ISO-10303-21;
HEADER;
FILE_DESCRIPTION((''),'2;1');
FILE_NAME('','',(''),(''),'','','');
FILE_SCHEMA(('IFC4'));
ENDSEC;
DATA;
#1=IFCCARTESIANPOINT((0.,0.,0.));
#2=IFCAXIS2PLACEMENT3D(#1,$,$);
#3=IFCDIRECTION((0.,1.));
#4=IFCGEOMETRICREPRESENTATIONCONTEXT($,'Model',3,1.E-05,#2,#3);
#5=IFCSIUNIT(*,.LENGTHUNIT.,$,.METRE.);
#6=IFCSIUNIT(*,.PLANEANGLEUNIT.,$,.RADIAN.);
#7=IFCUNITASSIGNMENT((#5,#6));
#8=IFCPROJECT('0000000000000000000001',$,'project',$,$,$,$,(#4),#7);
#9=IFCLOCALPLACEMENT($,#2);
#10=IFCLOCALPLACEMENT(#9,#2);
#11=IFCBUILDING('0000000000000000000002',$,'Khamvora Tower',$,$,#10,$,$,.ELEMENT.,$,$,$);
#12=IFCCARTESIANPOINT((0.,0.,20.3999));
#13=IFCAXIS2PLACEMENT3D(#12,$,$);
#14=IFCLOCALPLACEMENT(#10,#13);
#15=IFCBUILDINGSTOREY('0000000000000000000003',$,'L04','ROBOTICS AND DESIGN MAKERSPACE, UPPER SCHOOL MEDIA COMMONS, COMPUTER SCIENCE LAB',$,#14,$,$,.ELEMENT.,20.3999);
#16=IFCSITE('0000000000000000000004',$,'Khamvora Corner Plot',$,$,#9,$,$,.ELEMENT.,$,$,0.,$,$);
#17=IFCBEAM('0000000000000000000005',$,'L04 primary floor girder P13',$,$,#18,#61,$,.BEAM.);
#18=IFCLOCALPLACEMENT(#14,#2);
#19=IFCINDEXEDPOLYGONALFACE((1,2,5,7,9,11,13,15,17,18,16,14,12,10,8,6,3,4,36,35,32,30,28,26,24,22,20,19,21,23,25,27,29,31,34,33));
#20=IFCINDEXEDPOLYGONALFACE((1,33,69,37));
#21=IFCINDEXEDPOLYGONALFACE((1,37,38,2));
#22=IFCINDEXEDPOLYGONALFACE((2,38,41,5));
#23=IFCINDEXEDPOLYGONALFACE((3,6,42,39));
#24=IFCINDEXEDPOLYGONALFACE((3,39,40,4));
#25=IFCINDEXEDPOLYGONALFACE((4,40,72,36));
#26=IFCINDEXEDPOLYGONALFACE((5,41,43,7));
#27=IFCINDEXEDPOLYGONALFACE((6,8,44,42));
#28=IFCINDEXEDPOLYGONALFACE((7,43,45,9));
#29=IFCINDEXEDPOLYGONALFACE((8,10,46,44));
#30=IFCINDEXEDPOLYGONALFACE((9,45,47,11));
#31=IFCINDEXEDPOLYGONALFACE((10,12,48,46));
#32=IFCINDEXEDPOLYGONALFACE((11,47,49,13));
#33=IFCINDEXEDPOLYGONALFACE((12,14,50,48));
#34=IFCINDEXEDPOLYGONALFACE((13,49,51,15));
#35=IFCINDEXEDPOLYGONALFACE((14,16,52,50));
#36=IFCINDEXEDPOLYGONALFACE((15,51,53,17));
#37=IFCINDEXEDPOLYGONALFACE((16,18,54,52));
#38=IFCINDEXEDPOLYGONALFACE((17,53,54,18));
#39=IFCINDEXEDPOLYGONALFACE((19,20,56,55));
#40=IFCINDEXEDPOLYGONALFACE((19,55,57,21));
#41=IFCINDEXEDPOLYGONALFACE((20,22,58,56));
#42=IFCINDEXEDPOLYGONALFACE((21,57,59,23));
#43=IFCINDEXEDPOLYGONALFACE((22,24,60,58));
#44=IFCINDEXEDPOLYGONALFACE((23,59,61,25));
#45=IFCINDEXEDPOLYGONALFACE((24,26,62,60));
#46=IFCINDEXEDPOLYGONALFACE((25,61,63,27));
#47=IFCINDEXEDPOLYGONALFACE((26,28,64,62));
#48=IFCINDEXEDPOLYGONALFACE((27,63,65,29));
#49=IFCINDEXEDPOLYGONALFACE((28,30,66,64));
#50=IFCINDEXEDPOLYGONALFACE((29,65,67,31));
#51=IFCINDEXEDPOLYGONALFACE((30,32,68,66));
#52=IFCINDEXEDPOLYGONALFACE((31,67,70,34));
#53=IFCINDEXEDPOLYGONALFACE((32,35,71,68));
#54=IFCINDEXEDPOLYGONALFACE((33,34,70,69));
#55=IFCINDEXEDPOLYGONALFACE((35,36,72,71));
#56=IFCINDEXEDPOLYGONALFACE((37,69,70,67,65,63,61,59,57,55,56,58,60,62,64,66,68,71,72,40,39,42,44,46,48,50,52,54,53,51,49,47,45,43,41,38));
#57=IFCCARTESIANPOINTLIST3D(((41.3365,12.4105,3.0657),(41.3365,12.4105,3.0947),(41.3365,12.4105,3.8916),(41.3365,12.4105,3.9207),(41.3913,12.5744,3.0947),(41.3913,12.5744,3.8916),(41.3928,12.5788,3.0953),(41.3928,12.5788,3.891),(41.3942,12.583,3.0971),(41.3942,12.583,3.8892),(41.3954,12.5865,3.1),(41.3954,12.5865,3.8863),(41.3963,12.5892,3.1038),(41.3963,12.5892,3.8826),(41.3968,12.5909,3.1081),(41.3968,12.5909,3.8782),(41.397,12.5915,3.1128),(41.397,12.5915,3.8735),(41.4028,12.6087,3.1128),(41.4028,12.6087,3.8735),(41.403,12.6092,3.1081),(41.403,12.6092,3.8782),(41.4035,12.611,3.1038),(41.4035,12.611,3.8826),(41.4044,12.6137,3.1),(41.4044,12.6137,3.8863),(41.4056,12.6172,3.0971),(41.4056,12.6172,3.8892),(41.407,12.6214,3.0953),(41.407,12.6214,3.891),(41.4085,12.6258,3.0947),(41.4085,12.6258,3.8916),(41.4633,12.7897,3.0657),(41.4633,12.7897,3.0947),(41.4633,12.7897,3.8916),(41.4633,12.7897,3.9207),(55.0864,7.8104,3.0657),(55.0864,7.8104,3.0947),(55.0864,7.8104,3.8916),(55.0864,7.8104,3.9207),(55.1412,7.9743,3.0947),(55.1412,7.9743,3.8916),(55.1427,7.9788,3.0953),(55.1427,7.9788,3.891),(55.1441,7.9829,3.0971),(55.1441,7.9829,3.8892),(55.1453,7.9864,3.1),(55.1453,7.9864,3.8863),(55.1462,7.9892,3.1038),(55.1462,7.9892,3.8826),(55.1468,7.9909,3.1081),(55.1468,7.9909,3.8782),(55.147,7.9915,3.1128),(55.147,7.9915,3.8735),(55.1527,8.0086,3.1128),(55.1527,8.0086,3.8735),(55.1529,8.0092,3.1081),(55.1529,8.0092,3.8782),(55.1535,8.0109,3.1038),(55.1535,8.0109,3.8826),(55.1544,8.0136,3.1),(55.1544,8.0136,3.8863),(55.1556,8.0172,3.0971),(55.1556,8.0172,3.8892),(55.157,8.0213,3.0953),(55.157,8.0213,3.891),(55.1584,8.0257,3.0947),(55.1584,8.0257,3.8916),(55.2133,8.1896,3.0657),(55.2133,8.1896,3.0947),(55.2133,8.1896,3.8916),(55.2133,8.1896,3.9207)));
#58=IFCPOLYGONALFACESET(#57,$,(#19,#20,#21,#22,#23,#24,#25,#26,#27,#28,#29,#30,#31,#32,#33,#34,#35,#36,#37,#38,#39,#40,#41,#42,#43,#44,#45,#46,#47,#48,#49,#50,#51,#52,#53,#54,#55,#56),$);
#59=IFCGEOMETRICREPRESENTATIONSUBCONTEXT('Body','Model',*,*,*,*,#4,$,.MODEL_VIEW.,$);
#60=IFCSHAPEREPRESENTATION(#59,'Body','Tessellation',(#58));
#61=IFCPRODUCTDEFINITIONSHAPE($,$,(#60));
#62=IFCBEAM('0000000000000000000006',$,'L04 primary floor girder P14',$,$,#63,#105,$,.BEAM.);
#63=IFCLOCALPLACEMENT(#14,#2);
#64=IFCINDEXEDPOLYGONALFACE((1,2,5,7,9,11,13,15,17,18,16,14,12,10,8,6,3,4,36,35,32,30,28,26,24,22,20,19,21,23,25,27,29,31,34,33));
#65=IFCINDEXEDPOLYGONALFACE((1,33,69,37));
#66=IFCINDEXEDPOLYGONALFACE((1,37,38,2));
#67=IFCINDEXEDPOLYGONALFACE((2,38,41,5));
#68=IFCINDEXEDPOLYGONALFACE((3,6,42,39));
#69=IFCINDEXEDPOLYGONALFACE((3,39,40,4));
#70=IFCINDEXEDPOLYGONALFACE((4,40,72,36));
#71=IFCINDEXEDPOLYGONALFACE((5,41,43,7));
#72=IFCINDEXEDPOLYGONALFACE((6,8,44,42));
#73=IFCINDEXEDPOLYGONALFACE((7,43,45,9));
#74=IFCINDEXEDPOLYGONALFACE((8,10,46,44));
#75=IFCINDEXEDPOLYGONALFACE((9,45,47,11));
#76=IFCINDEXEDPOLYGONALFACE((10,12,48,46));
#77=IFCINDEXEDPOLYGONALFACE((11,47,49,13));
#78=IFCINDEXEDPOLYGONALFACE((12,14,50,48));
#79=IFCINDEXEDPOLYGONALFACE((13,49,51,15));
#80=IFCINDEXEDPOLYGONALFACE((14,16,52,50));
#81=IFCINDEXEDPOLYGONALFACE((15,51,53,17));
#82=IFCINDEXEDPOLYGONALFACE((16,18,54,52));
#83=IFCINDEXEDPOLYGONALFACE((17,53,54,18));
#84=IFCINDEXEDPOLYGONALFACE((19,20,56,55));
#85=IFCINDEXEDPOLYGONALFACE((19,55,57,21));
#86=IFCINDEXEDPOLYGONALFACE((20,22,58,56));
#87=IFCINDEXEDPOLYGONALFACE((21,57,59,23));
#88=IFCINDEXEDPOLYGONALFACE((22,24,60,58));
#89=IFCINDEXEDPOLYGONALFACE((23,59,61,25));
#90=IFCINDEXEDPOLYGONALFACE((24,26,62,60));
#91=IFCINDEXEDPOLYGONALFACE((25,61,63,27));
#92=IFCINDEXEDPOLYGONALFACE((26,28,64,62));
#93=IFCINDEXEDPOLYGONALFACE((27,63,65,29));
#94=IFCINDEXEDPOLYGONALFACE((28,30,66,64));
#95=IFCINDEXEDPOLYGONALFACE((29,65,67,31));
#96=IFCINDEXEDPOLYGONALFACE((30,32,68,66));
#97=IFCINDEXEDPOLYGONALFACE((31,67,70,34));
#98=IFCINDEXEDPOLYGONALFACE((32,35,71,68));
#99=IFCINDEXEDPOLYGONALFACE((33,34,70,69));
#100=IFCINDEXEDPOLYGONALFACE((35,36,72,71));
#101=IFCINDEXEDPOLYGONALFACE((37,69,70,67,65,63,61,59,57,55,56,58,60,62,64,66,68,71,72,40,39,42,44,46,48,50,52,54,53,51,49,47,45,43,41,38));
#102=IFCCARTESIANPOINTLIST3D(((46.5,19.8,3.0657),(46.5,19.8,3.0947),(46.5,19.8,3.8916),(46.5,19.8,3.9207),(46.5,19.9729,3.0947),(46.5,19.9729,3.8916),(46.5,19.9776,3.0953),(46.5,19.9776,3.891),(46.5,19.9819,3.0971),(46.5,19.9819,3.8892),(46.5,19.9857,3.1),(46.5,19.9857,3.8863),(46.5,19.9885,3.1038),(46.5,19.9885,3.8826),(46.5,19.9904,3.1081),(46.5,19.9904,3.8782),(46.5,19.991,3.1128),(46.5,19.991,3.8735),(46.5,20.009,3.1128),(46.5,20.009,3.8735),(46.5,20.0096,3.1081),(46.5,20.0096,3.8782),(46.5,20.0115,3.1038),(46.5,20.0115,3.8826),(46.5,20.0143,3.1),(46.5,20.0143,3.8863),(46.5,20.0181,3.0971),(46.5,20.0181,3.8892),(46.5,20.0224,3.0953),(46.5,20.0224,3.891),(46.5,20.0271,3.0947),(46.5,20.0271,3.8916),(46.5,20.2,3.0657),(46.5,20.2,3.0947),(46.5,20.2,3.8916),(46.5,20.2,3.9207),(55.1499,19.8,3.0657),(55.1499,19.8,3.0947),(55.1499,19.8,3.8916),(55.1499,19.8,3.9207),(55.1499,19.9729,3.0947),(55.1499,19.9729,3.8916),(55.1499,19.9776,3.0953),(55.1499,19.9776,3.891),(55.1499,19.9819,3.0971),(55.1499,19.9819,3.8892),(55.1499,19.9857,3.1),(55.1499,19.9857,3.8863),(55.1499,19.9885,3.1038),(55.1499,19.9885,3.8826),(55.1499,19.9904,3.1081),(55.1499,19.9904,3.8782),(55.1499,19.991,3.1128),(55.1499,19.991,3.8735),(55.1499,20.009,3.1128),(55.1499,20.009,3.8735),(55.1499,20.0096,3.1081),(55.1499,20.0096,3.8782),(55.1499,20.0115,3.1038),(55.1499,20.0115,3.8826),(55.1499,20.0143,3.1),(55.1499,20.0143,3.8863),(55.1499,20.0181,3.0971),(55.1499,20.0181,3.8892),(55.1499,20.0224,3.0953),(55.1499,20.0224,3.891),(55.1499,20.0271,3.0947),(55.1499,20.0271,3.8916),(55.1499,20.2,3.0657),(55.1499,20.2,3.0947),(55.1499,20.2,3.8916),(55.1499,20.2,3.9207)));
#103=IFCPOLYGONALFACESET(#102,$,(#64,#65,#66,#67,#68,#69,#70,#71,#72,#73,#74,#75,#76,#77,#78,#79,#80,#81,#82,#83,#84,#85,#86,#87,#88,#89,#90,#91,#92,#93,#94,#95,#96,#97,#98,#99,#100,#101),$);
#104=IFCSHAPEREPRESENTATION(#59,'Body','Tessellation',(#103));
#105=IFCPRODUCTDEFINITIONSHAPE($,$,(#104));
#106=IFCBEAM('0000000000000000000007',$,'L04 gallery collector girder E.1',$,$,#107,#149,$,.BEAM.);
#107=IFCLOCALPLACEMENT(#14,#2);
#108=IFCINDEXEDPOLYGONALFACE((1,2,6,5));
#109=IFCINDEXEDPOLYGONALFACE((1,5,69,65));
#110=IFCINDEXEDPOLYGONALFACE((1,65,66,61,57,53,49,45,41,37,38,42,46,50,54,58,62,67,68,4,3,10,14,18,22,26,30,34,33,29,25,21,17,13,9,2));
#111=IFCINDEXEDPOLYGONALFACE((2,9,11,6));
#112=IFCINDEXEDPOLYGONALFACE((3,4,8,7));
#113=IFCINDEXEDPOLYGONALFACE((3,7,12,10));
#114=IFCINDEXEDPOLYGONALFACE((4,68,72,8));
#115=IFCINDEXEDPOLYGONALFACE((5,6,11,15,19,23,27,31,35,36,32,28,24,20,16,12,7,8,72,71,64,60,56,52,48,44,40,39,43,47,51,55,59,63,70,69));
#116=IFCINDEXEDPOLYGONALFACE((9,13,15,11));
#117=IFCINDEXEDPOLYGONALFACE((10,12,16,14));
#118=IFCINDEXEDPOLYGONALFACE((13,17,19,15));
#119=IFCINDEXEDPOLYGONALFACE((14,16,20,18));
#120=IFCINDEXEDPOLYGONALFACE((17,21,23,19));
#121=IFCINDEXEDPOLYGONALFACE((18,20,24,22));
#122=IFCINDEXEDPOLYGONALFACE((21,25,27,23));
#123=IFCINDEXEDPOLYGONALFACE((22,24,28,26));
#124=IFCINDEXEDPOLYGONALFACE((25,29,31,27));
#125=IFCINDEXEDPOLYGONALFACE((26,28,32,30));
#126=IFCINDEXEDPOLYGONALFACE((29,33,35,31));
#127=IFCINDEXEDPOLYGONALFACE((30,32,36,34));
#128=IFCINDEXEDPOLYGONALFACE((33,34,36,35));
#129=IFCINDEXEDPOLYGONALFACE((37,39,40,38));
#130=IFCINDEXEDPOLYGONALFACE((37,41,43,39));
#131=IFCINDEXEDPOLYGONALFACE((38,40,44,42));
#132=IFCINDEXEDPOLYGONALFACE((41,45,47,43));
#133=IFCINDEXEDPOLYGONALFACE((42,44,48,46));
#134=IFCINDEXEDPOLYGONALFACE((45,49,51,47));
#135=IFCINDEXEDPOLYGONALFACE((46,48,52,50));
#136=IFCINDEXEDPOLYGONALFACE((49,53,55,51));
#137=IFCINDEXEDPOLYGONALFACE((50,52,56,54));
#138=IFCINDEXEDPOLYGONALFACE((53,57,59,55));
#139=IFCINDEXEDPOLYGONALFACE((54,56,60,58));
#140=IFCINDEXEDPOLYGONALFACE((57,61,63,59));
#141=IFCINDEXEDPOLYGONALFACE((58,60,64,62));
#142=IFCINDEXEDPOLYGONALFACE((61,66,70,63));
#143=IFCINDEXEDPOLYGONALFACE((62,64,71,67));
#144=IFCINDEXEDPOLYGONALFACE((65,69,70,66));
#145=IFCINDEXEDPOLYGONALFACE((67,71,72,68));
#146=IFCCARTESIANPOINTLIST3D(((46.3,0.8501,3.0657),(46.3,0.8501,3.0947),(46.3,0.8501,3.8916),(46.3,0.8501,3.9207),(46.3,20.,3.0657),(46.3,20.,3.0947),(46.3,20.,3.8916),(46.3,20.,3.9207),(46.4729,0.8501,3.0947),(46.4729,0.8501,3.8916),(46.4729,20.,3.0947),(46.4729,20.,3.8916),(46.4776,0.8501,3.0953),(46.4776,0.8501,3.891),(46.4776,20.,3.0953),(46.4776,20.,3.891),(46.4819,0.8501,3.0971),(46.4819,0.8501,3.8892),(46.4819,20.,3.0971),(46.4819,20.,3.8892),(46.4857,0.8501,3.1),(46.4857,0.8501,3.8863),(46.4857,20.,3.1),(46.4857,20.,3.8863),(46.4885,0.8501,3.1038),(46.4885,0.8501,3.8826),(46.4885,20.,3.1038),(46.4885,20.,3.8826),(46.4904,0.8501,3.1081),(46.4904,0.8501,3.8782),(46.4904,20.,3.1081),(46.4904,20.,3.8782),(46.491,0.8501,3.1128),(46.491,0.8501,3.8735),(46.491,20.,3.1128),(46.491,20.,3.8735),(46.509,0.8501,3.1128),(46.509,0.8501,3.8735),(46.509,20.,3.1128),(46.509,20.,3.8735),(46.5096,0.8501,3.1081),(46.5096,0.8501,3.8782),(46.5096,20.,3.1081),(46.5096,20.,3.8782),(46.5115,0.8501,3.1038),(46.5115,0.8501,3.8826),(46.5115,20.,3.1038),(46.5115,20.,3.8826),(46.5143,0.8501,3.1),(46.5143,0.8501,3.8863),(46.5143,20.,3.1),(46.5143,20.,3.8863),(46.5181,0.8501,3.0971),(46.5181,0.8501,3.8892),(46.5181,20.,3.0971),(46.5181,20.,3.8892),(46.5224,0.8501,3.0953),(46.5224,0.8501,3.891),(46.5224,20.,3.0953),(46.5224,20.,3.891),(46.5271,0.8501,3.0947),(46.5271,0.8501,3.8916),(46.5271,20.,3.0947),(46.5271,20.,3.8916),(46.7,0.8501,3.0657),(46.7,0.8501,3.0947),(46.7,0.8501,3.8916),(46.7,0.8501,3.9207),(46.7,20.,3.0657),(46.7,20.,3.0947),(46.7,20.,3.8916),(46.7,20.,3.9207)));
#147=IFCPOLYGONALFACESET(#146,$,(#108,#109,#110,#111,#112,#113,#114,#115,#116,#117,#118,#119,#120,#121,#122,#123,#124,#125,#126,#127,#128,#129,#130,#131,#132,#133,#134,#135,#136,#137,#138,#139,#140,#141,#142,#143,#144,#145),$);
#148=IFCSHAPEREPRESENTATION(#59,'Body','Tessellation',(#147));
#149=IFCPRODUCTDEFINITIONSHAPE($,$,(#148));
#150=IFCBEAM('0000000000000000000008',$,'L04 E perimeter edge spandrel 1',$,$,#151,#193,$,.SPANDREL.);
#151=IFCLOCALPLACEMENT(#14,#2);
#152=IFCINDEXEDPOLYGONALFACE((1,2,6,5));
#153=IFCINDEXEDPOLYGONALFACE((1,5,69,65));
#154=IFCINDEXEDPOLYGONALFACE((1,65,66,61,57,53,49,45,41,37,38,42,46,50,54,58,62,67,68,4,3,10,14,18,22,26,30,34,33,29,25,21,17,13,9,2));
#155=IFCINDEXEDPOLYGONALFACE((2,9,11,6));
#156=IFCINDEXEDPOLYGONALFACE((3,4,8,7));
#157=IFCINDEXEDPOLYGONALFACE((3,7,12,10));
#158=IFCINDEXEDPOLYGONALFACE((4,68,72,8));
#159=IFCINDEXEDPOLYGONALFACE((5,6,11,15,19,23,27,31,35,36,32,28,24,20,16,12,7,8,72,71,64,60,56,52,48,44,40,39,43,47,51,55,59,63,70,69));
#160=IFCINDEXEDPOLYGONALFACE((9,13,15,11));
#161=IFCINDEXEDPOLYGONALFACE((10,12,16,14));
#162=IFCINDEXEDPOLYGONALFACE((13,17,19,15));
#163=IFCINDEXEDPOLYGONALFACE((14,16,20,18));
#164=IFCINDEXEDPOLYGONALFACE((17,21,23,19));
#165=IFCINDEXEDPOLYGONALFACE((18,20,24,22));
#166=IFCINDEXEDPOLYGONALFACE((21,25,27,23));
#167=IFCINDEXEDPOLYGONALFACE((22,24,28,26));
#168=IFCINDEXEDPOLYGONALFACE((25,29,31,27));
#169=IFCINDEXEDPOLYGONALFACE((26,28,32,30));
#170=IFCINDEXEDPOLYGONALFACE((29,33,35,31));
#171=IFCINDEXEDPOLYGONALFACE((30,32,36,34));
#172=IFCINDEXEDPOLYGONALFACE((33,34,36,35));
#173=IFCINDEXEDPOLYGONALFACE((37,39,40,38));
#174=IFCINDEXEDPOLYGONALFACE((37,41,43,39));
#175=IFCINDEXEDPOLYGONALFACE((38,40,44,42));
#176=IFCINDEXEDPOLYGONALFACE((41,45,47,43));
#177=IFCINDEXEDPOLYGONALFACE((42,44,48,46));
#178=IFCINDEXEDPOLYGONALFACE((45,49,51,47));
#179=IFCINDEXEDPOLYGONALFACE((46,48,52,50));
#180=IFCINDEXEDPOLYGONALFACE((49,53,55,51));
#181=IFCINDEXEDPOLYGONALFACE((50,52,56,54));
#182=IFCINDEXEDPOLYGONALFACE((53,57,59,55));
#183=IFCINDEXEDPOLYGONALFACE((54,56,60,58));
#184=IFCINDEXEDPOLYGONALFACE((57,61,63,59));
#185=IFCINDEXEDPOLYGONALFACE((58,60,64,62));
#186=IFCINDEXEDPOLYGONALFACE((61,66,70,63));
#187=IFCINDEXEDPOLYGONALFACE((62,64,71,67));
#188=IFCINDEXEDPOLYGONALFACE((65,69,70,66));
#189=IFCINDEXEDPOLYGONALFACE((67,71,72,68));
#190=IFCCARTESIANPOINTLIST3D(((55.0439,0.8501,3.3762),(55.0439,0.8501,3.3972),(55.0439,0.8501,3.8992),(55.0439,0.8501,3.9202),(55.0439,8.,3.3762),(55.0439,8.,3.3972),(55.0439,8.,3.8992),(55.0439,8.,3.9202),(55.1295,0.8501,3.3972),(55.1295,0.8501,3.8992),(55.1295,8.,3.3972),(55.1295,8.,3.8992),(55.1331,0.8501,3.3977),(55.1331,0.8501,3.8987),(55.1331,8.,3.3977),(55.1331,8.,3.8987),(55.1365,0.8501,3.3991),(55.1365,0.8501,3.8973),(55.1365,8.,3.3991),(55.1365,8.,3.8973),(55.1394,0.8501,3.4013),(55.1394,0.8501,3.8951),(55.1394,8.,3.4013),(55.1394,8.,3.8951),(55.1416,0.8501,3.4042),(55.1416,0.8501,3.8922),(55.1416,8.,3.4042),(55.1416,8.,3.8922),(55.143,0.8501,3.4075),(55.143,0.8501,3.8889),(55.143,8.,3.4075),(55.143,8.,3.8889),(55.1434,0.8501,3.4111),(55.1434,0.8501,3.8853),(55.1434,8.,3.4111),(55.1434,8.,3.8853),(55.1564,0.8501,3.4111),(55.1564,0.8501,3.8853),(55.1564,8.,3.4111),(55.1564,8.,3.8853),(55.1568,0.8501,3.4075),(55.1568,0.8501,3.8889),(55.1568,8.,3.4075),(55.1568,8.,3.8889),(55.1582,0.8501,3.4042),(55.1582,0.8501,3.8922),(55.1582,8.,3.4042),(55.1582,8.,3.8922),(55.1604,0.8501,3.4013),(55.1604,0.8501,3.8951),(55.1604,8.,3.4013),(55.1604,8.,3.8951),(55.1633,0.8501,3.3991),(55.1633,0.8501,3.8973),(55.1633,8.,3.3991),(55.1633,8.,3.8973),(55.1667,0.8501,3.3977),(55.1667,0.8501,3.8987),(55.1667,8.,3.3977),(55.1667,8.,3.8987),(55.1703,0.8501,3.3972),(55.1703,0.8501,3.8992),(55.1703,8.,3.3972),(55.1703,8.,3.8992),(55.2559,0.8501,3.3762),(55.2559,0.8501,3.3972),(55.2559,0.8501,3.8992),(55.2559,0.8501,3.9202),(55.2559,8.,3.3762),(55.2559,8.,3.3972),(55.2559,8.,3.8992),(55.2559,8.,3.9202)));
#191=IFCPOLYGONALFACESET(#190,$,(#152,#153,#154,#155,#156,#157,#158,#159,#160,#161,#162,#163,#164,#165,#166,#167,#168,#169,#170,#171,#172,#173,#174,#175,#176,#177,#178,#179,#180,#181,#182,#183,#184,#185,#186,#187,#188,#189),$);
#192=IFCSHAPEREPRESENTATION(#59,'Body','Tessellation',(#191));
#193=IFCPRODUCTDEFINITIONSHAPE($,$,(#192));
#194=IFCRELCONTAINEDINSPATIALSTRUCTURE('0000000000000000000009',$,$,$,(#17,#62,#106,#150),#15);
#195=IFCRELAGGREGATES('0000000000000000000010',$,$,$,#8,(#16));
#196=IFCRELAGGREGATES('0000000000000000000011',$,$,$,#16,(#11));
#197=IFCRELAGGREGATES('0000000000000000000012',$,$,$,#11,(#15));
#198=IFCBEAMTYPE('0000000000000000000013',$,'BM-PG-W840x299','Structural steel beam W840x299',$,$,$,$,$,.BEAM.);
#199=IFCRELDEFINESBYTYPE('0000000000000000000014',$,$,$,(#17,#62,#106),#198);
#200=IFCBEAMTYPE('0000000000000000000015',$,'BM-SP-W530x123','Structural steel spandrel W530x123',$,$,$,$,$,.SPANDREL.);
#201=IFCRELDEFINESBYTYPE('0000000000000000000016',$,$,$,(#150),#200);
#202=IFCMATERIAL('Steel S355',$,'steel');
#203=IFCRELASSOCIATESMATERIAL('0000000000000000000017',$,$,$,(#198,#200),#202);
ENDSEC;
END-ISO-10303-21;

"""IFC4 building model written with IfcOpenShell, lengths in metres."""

from ifc_helpers import new_model, si_unit, direction, frame, origin, origin_2d, place, context, subcontext, project, spatial, i_section, extrude, material, material_profile, profile_set, type_object, element, save


model = new_model("IFC4")

# Units and contexts
model_context = context("Model", 3, precision=1e-05, world=origin(), true_north=direction((0.0, 1.0)))
body_context = subcontext(model_context, "Body", "Model", "MODEL_VIEW")
ifc_project = project(units=[si_unit("LENGTHUNIT", "METRE"), si_unit("PLANEANGLEUNIT", "RADIAN")], contexts=[model_context])

# Site, building, storey
site_placement = place(None, origin())
site = spatial("IfcSite", under=ifc_project, at=site_placement, Name="Khamvora Corner Plot", CompositionType="ELEMENT", RefElevation=0.0)
building_placement = place(site_placement, origin())
building = spatial("IfcBuilding", under=site, at=building_placement, Name="Khamvora Tower", CompositionType="ELEMENT")
storey_placement = place(building_placement, frame((0.0, 0.0, 20.3999)))
storey = spatial("IfcBuildingStorey", under=building, at=storey_placement, Name="L04", Description="ROBOTICS AND DESIGN MAKERSPACE, UPPER SCHOOL MEDIA COMMONS, COMPUTER SCIENCE LAB", CompositionType="ELEMENT", Elevation=20.3999)

# Beams
ifc_material_1 = material(Name="Steel S355", Category="steel")
ifc_material_profile_1 = material_profile(ifc_material_1, i_section(OverallWidth=0.3999, OverallDepth=0.855, WebThickness=0.0181, FlangeThickness=0.0291, FilletRadius=0.0181, at=origin_2d()), Name="W840x299")
ifc_profile_set_1 = profile_set([ifc_material_profile_1], Name="Steel S355")
beam_type_1 = type_object("IfcBeamType", Name="BM-PG-W840x299", Description="Structural steel beam W840x299", PredefinedType="BEAM", material=ifc_profile_set_1)
beam_1_placement = place(storey_placement, frame((41.3999, 12.6001, 3.4932), z_axis=(0.948336, -0.317268, 0.0), x_axis=(0.317268, 0.948336, 0.0)))
element("IfcBeam", 1, at=beam_1_placement, inside=storey, type_object=beam_type_1, Name="L04 primary floor girder P13", PredefinedType="BEAM", context=body_context, shape_type="SweptSolid", body=[
    extrude(i_section(OverallWidth=0.3999, OverallDepth=0.855, WebThickness=0.0181, FlangeThickness=0.0291, FilletRadius=0.0181, at=origin_2d()), origin(), (0.0, 0.0, 1.0), 14.499),
])
beam_2_placement = place(storey_placement, frame((46.5, 20.0, 3.4932), z_axis=(1.0, 0.0, 0.0), x_axis=(0.0, 1.0, 0.0)))
element("IfcBeam", 2, at=beam_2_placement, inside=storey, type_object=beam_type_1, Name="L04 primary floor girder P14", PredefinedType="BEAM", context=body_context, shape_type="SweptSolid", body=[
    extrude(i_section(OverallWidth=0.3999, OverallDepth=0.855, WebThickness=0.0181, FlangeThickness=0.0291, FilletRadius=0.0181, at=origin_2d()), origin(), (0.0, 0.0, 1.0), 8.6499),
])
beam_3_placement = place(storey_placement, frame((46.5, 0.8501, 3.4932), z_axis=(0.0, 1.0, 0.0), x_axis=(-1.0, 0.0, 0.0)))
element("IfcBeam", 3, at=beam_3_placement, inside=storey, type_object=beam_type_1, Name="L04 gallery collector girder E.1", PredefinedType="BEAM", context=body_context, shape_type="SweptSolid", body=[
    extrude(i_section(OverallWidth=0.3999, OverallDepth=0.855, WebThickness=0.0181, FlangeThickness=0.0291, FilletRadius=0.0181, at=origin_2d()), origin(), (0.0, 0.0, 1.0), 19.1499),
])
ifc_material_profile_2 = material_profile(ifc_material_1, i_section(OverallWidth=0.2119, OverallDepth=0.5439, WebThickness=0.0129, FlangeThickness=0.021, FilletRadius=0.0139, at=origin_2d()), Name="W530x123")
ifc_profile_set_2 = profile_set([ifc_material_profile_2], Name="Steel S355")
beam_type_2 = type_object("IfcBeamType", Name="BM-SP-W530x123", Description="Structural steel spandrel W530x123", PredefinedType="SPANDREL", material=ifc_profile_set_2)
beam_4_placement = place(storey_placement, frame((55.1499, 0.8501, 3.6482), z_axis=(0.0, 1.0, 0.0), x_axis=(-1.0, 0.0, 0.0)))
element("IfcBeam", 4, at=beam_4_placement, inside=storey, type_object=beam_type_2, Name="L04 E perimeter edge spandrel 1", PredefinedType="SPANDREL", context=body_context, shape_type="SweptSolid", body=[
    extrude(i_section(OverallWidth=0.2119, OverallDepth=0.5439, WebThickness=0.0129, FlangeThickness=0.021, FilletRadius=0.0139, at=origin_2d()), origin(), (0.0, 0.0, 1.0), 7.1499),
])

save(model, "model.ifc")
